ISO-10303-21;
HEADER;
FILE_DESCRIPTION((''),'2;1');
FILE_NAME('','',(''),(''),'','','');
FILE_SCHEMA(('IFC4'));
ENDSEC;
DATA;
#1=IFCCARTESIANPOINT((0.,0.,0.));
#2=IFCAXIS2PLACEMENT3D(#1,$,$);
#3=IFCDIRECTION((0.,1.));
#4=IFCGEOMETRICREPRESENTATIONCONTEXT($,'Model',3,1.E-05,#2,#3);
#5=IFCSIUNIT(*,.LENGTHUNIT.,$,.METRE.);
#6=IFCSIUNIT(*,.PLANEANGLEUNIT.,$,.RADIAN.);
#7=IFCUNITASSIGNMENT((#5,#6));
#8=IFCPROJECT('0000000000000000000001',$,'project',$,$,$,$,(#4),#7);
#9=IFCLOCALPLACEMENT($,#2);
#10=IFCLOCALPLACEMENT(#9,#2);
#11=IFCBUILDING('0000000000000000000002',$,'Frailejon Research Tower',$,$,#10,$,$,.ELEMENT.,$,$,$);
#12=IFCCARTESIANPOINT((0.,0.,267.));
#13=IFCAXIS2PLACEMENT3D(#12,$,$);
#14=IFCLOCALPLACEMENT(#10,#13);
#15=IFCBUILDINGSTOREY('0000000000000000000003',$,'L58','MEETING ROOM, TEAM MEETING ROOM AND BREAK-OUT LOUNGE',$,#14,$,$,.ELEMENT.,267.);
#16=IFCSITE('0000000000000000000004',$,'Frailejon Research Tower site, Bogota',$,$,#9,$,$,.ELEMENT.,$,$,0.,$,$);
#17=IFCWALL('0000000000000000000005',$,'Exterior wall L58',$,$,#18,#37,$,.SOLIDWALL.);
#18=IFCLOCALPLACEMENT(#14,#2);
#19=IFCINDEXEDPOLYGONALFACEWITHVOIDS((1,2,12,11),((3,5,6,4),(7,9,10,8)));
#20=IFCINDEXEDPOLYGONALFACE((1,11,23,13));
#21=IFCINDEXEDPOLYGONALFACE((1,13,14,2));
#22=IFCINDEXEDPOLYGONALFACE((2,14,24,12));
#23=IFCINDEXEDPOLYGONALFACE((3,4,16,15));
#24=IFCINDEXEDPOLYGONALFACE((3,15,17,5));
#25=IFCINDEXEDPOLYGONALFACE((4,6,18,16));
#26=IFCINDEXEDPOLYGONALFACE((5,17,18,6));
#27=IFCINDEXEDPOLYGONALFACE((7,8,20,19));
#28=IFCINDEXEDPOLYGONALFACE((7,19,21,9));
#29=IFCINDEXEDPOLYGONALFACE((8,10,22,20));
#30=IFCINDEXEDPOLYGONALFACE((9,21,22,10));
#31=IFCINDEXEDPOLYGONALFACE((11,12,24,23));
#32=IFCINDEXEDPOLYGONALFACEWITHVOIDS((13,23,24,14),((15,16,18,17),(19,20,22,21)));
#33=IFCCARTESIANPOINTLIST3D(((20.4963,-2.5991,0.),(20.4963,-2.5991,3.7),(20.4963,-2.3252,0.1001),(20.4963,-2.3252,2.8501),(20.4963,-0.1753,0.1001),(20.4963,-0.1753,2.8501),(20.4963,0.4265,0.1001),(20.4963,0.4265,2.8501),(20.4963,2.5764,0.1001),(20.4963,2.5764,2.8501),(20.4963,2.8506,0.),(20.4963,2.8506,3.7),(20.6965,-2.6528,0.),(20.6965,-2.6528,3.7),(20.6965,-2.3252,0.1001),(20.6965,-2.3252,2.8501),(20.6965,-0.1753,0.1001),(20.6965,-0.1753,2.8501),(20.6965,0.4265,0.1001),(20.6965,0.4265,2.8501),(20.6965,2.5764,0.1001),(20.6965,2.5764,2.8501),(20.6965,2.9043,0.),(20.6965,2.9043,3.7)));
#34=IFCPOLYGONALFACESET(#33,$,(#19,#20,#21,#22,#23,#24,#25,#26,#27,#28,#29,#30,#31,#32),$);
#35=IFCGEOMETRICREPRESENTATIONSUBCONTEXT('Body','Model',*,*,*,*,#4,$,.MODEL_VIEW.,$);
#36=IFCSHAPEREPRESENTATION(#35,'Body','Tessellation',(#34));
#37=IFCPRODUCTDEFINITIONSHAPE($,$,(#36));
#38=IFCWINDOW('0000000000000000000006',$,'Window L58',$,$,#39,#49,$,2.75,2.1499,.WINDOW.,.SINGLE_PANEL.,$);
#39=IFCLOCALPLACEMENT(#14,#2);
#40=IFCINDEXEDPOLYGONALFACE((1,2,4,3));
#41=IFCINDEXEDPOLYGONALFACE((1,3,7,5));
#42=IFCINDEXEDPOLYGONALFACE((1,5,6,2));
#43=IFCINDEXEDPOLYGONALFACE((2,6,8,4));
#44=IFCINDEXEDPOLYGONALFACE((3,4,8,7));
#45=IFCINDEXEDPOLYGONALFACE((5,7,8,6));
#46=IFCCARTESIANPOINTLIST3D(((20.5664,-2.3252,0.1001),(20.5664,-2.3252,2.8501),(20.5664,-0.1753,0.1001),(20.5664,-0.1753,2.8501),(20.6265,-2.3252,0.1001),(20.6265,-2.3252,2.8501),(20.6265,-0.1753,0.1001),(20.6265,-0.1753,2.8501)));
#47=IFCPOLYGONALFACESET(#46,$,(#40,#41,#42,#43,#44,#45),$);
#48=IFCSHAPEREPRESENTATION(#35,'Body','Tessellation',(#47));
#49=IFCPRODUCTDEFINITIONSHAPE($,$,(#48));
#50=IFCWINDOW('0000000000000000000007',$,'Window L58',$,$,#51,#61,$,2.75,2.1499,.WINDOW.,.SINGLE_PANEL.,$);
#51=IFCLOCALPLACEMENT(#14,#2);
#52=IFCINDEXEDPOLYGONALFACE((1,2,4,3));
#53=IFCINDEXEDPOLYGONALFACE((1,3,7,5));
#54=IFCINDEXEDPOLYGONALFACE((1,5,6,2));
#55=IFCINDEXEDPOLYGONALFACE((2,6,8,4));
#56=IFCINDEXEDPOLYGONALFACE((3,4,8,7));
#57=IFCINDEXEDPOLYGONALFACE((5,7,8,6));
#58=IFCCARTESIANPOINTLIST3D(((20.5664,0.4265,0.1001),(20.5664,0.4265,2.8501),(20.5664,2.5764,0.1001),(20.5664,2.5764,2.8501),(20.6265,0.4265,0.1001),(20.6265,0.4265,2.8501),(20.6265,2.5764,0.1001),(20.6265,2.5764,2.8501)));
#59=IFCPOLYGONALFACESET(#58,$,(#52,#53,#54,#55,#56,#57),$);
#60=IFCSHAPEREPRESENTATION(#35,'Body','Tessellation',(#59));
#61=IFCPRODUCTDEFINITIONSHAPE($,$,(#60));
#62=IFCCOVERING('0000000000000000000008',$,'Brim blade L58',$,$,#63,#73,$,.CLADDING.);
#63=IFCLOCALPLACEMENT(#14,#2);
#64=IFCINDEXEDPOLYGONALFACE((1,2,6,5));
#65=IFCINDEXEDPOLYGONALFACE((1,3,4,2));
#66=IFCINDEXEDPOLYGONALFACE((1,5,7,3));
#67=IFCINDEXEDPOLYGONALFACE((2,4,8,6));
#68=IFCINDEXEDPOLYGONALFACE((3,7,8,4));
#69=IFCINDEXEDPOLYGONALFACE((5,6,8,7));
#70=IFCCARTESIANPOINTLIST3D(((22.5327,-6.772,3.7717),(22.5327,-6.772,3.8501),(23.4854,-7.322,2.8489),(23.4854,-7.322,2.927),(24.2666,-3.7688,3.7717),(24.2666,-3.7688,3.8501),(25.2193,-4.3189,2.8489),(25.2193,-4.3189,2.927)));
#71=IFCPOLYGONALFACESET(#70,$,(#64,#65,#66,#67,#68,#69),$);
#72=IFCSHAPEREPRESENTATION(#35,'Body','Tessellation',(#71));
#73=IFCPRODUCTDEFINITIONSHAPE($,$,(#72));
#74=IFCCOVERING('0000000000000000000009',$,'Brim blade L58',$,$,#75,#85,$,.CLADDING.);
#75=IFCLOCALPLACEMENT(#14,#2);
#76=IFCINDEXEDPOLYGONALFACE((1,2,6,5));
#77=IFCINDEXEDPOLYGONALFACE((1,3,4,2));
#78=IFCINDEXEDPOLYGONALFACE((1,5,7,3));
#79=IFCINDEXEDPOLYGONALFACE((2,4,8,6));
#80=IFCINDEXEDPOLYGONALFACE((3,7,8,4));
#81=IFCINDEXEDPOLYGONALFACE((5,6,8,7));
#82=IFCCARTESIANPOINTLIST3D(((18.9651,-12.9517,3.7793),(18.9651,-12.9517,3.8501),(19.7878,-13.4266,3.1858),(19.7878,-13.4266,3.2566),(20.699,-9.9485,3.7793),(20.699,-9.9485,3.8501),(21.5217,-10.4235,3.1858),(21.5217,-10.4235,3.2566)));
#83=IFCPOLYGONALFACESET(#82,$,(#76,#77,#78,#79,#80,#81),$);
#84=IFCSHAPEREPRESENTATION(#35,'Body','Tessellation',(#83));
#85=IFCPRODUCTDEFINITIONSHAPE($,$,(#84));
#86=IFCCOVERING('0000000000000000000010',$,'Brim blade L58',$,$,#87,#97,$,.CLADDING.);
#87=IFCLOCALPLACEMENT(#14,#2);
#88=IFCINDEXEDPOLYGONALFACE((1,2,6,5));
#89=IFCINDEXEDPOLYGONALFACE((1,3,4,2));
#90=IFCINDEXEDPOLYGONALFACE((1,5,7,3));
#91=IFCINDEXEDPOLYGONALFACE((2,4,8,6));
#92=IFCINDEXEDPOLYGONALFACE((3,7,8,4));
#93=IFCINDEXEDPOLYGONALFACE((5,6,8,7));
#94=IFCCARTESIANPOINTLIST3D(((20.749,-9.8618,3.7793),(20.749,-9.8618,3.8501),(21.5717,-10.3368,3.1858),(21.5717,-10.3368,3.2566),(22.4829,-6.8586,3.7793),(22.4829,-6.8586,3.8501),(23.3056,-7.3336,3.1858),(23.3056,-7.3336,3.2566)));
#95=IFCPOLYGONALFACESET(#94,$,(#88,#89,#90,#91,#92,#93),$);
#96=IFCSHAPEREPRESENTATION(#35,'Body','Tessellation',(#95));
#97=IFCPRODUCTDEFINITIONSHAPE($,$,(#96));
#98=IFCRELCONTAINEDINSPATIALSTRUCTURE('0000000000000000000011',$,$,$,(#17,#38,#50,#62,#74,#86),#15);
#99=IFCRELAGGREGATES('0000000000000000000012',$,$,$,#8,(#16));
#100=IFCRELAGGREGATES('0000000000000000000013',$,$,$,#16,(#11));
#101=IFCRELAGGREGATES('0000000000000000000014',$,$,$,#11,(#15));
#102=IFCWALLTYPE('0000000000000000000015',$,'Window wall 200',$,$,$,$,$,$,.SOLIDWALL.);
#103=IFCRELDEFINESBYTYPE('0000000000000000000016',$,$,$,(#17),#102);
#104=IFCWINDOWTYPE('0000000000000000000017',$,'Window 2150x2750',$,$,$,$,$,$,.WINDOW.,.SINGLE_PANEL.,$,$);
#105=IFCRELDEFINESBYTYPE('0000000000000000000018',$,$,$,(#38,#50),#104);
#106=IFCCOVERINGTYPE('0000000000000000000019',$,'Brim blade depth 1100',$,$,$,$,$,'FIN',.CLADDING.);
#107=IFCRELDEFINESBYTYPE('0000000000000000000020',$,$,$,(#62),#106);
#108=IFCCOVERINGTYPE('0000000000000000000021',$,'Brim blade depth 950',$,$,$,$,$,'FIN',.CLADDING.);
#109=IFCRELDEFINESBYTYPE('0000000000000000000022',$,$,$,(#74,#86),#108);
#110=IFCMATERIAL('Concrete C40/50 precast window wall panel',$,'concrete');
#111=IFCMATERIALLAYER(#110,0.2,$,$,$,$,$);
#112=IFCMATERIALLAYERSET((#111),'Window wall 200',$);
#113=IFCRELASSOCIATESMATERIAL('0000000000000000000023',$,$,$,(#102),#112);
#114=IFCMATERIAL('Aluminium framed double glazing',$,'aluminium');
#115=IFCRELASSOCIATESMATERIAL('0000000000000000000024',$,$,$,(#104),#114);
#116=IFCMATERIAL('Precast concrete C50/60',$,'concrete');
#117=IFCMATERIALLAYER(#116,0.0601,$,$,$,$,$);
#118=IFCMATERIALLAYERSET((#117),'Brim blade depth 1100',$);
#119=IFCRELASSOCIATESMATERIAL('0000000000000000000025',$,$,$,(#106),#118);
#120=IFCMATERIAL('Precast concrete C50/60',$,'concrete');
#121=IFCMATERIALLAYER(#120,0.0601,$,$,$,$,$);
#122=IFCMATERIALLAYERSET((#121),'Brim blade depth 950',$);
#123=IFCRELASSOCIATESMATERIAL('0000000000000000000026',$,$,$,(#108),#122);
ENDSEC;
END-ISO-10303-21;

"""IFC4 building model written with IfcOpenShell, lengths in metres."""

from ifc_helpers import new_model, si_unit, direction, frame, frame_2d, origin, place, context, subcontext, project, spatial, polyline, rectangle, outline, extrude, material, layer, layer_set, type_object, element, fill, save


model = new_model("IFC4")

# Units and contexts
model_context = context("Model", 3, precision=1e-05, world=origin(), true_north=direction((0.0, 1.0)))
body_context = subcontext(model_context, "Body", "Model", "MODEL_VIEW")
ifc_project = project(units=[si_unit("LENGTHUNIT", "METRE"), si_unit("PLANEANGLEUNIT", "RADIAN")], contexts=[model_context])

# Site, building, storey
site_placement = place(None, origin())
site = spatial("IfcSite", under=ifc_project, at=site_placement, Name="Frailejon Research Tower site, Bogota", CompositionType="ELEMENT", RefElevation=0.0)
building_placement = place(site_placement, origin())
building = spatial("IfcBuilding", under=site, at=building_placement, Name="Frailejon Research Tower", CompositionType="ELEMENT")
storey_placement = place(building_placement, frame((0.0, 0.0, 267.0)))
storey = spatial("IfcBuildingStorey", under=building, at=storey_placement, Name="L58", Description="MEETING ROOM, TEAM MEETING ROOM AND BREAK-OUT LOUNGE", CompositionType="ELEMENT", Elevation=267.0)

# Wall, openings, windows
ifc_material_1 = material(Name="Concrete C40/50 precast window wall panel", Category="concrete")
ifc_layer_1 = layer(ifc_material_1, 0.2)
ifc_layer_set_1 = layer_set([ifc_layer_1], Name="Window wall 200")
wall_type = type_object("IfcWallType", Name="Window wall 200", PredefinedType="SOLIDWALL", material=ifc_layer_set_1)
wall_placement = place(storey_placement, frame((20.5964, -2.626, 0.0), z_axis=(0.0, 0.0, 1.0), x_axis=(0.0, 1.0, 0.0)))
wall = element("IfcWall", 1, at=wall_placement, inside=storey, type_object=wall_type, Name="Exterior wall L58", PredefinedType="SOLIDWALL", context=body_context, shape_type="SweptSolid", body=[
    extrude(outline(polyline([(-0.0269, -0.1001), (1.0845, -0.1001), (2.196, -0.1001), (3.3074, -0.1001), (4.4189, -0.1001), (5.5303, -0.1001), (5.4766, 0.1001), (4.3867, 0.1001), (3.2966, 0.1001), (2.2068, 0.1001), (1.1167, 0.1001), (0.0269, 0.1001), (-0.0269, -0.1001)])), origin(), (0.0, 0.0, 1.0), 3.7),
])
opening_1_placement = place(wall_placement, frame((0.3008, 0.0, 0.1001)))
opening_1 = element("IfcOpeningElement", 2, at=opening_1_placement, cuts=wall, PredefinedType="OPENING", context=body_context, shape_type="SweptSolid", body=[
    extrude(rectangle(XDim=2.1499, YDim=2.75, at=frame_2d((1.075, 1.375))), frame((0.0, 0.1099, 0.0), z_axis=(0.0, -1.0, 0.0), x_axis=(1.0, 0.0, 0.0)), (0.0, 0.0, 1.0), 0.22),
])
opening_2_placement = place(wall_placement, frame((3.0525, 0.0, 0.1001)))
opening_2 = element("IfcOpeningElement", 3, at=opening_2_placement, cuts=wall, PredefinedType="OPENING", context=body_context, shape_type="SweptSolid", body=[
    extrude(rectangle(XDim=2.1499, YDim=2.75, at=frame_2d((1.075, 1.375))), frame((0.0, 0.1099, 0.0), z_axis=(0.0, -1.0, 0.0), x_axis=(1.0, 0.0, 0.0)), (0.0, 0.0, 1.0), 0.22),
])
ifc_material_2 = material(Name="Aluminium framed double glazing", Category="aluminium")
window_type = type_object("IfcWindowType", Name="Window 2150x2750", PartitioningType="SINGLE_PANEL", PredefinedType="WINDOW", material=ifc_material_2)
window_1_placement = place(opening_1_placement, origin())
window_1 = element("IfcWindow", 4, at=window_1_placement, inside=storey, type_object=window_type, Name="Window L58", OverallHeight=2.75, OverallWidth=2.1499, PartitioningType="SINGLE_PANEL", PredefinedType="WINDOW", context=body_context, shape_type="SweptSolid", body=[
    extrude(rectangle(XDim=2.1499, YDim=2.75, at=frame_2d((1.075, 1.375))), frame((0.0, 0.03, 0.0), z_axis=(0.0, -1.0, 0.0), x_axis=(1.0, 0.0, 0.0)), (0.0, 0.0, 1.0), 0.0601),
])
fill(opening_1, window_1)
window_2_placement = place(opening_2_placement, origin())
window_2 = element("IfcWindow", 5, at=window_2_placement, inside=storey, type_object=window_type, Name="Window L58", OverallHeight=2.75, OverallWidth=2.1499, PartitioningType="SINGLE_PANEL", PredefinedType="WINDOW", context=body_context, shape_type="SweptSolid", body=[
    extrude(rectangle(XDim=2.1499, YDim=2.75, at=frame_2d((1.075, 1.375))), frame((0.0, 0.03, 0.0), z_axis=(0.0, -1.0, 0.0), x_axis=(1.0, 0.0, 0.0)), (0.0, 0.0, 1.0), 0.0601),
])
fill(opening_2, window_2)

# Coverings
ifc_material_3 = material(Name="Precast concrete C50/60", Category="concrete")
ifc_layer_2 = layer(ifc_material_3, 0.0601)
ifc_layer_set_2 = layer_set([ifc_layer_2], Name="Brim blade depth 1100")
covering_type_1 = type_object("IfcCoveringType", Name="Brim blade depth 1100", ElementType="FIN", PredefinedType="CLADDING", material=ifc_layer_set_2)
covering_placement = place(storey_placement, frame((24.2666, -3.7688, 3.8501), z_axis=(-0.500013, -0.866018, 0.0), x_axis=(0.866018, -0.500013, 0.0)))
element("IfcCovering", 6, at=covering_placement, inside=storey, type_object=covering_type_1, Name="Brim blade L58", PredefinedType="CLADDING", context=body_context, shape_type="SweptSolid", body=[
    extrude(outline(polyline([(0.0, -0.0784), (1.1001, -1.0012), (1.1001, -0.9231), (0.0, 0.0), (0.0, -0.0784)])), origin(), (0.0, 0.0, 1.0), 3.4678),
])
ifc_material_4 = material(Name="Precast concrete C50/60", Category="concrete")
ifc_layer_3 = layer(ifc_material_4, 0.0601)
ifc_layer_set_3 = layer_set([ifc_layer_3], Name="Brim blade depth 950")
covering_type_2 = type_object("IfcCoveringType", Name="Brim blade depth 950", ElementType="FIN", PredefinedType="CLADDING", material=ifc_layer_set_3)
for number, where, z_axis, x_axis, name in (
    (7, (20.699, -9.9485, 3.8501), (-0.500001, -0.866025, 0.0), (0.866025, -0.500001, 0.0), "Brim blade L58"),
    (8, (22.4829, -6.8586, 3.8501), (-0.500001, -0.866025, 0.0), (0.866025, -0.500001, 0.0), "Brim blade L58"),
):
    element("IfcCovering", number, at=place(storey_placement, frame(where, z_axis=z_axis, x_axis=x_axis)), inside=storey, type_object=covering_type_2, Name=name, PredefinedType="CLADDING", context=body_context, shape_type="SweptSolid", body=[
        extrude(outline(polyline([(0.0, -0.0708), (0.95, -0.6643), (0.95, -0.5935), (0.0, 0.0), (0.0, -0.0708)])), origin(), (0.0, 0.0, 1.0), 3.4678),
    ])

save(model, "model.ifc")
